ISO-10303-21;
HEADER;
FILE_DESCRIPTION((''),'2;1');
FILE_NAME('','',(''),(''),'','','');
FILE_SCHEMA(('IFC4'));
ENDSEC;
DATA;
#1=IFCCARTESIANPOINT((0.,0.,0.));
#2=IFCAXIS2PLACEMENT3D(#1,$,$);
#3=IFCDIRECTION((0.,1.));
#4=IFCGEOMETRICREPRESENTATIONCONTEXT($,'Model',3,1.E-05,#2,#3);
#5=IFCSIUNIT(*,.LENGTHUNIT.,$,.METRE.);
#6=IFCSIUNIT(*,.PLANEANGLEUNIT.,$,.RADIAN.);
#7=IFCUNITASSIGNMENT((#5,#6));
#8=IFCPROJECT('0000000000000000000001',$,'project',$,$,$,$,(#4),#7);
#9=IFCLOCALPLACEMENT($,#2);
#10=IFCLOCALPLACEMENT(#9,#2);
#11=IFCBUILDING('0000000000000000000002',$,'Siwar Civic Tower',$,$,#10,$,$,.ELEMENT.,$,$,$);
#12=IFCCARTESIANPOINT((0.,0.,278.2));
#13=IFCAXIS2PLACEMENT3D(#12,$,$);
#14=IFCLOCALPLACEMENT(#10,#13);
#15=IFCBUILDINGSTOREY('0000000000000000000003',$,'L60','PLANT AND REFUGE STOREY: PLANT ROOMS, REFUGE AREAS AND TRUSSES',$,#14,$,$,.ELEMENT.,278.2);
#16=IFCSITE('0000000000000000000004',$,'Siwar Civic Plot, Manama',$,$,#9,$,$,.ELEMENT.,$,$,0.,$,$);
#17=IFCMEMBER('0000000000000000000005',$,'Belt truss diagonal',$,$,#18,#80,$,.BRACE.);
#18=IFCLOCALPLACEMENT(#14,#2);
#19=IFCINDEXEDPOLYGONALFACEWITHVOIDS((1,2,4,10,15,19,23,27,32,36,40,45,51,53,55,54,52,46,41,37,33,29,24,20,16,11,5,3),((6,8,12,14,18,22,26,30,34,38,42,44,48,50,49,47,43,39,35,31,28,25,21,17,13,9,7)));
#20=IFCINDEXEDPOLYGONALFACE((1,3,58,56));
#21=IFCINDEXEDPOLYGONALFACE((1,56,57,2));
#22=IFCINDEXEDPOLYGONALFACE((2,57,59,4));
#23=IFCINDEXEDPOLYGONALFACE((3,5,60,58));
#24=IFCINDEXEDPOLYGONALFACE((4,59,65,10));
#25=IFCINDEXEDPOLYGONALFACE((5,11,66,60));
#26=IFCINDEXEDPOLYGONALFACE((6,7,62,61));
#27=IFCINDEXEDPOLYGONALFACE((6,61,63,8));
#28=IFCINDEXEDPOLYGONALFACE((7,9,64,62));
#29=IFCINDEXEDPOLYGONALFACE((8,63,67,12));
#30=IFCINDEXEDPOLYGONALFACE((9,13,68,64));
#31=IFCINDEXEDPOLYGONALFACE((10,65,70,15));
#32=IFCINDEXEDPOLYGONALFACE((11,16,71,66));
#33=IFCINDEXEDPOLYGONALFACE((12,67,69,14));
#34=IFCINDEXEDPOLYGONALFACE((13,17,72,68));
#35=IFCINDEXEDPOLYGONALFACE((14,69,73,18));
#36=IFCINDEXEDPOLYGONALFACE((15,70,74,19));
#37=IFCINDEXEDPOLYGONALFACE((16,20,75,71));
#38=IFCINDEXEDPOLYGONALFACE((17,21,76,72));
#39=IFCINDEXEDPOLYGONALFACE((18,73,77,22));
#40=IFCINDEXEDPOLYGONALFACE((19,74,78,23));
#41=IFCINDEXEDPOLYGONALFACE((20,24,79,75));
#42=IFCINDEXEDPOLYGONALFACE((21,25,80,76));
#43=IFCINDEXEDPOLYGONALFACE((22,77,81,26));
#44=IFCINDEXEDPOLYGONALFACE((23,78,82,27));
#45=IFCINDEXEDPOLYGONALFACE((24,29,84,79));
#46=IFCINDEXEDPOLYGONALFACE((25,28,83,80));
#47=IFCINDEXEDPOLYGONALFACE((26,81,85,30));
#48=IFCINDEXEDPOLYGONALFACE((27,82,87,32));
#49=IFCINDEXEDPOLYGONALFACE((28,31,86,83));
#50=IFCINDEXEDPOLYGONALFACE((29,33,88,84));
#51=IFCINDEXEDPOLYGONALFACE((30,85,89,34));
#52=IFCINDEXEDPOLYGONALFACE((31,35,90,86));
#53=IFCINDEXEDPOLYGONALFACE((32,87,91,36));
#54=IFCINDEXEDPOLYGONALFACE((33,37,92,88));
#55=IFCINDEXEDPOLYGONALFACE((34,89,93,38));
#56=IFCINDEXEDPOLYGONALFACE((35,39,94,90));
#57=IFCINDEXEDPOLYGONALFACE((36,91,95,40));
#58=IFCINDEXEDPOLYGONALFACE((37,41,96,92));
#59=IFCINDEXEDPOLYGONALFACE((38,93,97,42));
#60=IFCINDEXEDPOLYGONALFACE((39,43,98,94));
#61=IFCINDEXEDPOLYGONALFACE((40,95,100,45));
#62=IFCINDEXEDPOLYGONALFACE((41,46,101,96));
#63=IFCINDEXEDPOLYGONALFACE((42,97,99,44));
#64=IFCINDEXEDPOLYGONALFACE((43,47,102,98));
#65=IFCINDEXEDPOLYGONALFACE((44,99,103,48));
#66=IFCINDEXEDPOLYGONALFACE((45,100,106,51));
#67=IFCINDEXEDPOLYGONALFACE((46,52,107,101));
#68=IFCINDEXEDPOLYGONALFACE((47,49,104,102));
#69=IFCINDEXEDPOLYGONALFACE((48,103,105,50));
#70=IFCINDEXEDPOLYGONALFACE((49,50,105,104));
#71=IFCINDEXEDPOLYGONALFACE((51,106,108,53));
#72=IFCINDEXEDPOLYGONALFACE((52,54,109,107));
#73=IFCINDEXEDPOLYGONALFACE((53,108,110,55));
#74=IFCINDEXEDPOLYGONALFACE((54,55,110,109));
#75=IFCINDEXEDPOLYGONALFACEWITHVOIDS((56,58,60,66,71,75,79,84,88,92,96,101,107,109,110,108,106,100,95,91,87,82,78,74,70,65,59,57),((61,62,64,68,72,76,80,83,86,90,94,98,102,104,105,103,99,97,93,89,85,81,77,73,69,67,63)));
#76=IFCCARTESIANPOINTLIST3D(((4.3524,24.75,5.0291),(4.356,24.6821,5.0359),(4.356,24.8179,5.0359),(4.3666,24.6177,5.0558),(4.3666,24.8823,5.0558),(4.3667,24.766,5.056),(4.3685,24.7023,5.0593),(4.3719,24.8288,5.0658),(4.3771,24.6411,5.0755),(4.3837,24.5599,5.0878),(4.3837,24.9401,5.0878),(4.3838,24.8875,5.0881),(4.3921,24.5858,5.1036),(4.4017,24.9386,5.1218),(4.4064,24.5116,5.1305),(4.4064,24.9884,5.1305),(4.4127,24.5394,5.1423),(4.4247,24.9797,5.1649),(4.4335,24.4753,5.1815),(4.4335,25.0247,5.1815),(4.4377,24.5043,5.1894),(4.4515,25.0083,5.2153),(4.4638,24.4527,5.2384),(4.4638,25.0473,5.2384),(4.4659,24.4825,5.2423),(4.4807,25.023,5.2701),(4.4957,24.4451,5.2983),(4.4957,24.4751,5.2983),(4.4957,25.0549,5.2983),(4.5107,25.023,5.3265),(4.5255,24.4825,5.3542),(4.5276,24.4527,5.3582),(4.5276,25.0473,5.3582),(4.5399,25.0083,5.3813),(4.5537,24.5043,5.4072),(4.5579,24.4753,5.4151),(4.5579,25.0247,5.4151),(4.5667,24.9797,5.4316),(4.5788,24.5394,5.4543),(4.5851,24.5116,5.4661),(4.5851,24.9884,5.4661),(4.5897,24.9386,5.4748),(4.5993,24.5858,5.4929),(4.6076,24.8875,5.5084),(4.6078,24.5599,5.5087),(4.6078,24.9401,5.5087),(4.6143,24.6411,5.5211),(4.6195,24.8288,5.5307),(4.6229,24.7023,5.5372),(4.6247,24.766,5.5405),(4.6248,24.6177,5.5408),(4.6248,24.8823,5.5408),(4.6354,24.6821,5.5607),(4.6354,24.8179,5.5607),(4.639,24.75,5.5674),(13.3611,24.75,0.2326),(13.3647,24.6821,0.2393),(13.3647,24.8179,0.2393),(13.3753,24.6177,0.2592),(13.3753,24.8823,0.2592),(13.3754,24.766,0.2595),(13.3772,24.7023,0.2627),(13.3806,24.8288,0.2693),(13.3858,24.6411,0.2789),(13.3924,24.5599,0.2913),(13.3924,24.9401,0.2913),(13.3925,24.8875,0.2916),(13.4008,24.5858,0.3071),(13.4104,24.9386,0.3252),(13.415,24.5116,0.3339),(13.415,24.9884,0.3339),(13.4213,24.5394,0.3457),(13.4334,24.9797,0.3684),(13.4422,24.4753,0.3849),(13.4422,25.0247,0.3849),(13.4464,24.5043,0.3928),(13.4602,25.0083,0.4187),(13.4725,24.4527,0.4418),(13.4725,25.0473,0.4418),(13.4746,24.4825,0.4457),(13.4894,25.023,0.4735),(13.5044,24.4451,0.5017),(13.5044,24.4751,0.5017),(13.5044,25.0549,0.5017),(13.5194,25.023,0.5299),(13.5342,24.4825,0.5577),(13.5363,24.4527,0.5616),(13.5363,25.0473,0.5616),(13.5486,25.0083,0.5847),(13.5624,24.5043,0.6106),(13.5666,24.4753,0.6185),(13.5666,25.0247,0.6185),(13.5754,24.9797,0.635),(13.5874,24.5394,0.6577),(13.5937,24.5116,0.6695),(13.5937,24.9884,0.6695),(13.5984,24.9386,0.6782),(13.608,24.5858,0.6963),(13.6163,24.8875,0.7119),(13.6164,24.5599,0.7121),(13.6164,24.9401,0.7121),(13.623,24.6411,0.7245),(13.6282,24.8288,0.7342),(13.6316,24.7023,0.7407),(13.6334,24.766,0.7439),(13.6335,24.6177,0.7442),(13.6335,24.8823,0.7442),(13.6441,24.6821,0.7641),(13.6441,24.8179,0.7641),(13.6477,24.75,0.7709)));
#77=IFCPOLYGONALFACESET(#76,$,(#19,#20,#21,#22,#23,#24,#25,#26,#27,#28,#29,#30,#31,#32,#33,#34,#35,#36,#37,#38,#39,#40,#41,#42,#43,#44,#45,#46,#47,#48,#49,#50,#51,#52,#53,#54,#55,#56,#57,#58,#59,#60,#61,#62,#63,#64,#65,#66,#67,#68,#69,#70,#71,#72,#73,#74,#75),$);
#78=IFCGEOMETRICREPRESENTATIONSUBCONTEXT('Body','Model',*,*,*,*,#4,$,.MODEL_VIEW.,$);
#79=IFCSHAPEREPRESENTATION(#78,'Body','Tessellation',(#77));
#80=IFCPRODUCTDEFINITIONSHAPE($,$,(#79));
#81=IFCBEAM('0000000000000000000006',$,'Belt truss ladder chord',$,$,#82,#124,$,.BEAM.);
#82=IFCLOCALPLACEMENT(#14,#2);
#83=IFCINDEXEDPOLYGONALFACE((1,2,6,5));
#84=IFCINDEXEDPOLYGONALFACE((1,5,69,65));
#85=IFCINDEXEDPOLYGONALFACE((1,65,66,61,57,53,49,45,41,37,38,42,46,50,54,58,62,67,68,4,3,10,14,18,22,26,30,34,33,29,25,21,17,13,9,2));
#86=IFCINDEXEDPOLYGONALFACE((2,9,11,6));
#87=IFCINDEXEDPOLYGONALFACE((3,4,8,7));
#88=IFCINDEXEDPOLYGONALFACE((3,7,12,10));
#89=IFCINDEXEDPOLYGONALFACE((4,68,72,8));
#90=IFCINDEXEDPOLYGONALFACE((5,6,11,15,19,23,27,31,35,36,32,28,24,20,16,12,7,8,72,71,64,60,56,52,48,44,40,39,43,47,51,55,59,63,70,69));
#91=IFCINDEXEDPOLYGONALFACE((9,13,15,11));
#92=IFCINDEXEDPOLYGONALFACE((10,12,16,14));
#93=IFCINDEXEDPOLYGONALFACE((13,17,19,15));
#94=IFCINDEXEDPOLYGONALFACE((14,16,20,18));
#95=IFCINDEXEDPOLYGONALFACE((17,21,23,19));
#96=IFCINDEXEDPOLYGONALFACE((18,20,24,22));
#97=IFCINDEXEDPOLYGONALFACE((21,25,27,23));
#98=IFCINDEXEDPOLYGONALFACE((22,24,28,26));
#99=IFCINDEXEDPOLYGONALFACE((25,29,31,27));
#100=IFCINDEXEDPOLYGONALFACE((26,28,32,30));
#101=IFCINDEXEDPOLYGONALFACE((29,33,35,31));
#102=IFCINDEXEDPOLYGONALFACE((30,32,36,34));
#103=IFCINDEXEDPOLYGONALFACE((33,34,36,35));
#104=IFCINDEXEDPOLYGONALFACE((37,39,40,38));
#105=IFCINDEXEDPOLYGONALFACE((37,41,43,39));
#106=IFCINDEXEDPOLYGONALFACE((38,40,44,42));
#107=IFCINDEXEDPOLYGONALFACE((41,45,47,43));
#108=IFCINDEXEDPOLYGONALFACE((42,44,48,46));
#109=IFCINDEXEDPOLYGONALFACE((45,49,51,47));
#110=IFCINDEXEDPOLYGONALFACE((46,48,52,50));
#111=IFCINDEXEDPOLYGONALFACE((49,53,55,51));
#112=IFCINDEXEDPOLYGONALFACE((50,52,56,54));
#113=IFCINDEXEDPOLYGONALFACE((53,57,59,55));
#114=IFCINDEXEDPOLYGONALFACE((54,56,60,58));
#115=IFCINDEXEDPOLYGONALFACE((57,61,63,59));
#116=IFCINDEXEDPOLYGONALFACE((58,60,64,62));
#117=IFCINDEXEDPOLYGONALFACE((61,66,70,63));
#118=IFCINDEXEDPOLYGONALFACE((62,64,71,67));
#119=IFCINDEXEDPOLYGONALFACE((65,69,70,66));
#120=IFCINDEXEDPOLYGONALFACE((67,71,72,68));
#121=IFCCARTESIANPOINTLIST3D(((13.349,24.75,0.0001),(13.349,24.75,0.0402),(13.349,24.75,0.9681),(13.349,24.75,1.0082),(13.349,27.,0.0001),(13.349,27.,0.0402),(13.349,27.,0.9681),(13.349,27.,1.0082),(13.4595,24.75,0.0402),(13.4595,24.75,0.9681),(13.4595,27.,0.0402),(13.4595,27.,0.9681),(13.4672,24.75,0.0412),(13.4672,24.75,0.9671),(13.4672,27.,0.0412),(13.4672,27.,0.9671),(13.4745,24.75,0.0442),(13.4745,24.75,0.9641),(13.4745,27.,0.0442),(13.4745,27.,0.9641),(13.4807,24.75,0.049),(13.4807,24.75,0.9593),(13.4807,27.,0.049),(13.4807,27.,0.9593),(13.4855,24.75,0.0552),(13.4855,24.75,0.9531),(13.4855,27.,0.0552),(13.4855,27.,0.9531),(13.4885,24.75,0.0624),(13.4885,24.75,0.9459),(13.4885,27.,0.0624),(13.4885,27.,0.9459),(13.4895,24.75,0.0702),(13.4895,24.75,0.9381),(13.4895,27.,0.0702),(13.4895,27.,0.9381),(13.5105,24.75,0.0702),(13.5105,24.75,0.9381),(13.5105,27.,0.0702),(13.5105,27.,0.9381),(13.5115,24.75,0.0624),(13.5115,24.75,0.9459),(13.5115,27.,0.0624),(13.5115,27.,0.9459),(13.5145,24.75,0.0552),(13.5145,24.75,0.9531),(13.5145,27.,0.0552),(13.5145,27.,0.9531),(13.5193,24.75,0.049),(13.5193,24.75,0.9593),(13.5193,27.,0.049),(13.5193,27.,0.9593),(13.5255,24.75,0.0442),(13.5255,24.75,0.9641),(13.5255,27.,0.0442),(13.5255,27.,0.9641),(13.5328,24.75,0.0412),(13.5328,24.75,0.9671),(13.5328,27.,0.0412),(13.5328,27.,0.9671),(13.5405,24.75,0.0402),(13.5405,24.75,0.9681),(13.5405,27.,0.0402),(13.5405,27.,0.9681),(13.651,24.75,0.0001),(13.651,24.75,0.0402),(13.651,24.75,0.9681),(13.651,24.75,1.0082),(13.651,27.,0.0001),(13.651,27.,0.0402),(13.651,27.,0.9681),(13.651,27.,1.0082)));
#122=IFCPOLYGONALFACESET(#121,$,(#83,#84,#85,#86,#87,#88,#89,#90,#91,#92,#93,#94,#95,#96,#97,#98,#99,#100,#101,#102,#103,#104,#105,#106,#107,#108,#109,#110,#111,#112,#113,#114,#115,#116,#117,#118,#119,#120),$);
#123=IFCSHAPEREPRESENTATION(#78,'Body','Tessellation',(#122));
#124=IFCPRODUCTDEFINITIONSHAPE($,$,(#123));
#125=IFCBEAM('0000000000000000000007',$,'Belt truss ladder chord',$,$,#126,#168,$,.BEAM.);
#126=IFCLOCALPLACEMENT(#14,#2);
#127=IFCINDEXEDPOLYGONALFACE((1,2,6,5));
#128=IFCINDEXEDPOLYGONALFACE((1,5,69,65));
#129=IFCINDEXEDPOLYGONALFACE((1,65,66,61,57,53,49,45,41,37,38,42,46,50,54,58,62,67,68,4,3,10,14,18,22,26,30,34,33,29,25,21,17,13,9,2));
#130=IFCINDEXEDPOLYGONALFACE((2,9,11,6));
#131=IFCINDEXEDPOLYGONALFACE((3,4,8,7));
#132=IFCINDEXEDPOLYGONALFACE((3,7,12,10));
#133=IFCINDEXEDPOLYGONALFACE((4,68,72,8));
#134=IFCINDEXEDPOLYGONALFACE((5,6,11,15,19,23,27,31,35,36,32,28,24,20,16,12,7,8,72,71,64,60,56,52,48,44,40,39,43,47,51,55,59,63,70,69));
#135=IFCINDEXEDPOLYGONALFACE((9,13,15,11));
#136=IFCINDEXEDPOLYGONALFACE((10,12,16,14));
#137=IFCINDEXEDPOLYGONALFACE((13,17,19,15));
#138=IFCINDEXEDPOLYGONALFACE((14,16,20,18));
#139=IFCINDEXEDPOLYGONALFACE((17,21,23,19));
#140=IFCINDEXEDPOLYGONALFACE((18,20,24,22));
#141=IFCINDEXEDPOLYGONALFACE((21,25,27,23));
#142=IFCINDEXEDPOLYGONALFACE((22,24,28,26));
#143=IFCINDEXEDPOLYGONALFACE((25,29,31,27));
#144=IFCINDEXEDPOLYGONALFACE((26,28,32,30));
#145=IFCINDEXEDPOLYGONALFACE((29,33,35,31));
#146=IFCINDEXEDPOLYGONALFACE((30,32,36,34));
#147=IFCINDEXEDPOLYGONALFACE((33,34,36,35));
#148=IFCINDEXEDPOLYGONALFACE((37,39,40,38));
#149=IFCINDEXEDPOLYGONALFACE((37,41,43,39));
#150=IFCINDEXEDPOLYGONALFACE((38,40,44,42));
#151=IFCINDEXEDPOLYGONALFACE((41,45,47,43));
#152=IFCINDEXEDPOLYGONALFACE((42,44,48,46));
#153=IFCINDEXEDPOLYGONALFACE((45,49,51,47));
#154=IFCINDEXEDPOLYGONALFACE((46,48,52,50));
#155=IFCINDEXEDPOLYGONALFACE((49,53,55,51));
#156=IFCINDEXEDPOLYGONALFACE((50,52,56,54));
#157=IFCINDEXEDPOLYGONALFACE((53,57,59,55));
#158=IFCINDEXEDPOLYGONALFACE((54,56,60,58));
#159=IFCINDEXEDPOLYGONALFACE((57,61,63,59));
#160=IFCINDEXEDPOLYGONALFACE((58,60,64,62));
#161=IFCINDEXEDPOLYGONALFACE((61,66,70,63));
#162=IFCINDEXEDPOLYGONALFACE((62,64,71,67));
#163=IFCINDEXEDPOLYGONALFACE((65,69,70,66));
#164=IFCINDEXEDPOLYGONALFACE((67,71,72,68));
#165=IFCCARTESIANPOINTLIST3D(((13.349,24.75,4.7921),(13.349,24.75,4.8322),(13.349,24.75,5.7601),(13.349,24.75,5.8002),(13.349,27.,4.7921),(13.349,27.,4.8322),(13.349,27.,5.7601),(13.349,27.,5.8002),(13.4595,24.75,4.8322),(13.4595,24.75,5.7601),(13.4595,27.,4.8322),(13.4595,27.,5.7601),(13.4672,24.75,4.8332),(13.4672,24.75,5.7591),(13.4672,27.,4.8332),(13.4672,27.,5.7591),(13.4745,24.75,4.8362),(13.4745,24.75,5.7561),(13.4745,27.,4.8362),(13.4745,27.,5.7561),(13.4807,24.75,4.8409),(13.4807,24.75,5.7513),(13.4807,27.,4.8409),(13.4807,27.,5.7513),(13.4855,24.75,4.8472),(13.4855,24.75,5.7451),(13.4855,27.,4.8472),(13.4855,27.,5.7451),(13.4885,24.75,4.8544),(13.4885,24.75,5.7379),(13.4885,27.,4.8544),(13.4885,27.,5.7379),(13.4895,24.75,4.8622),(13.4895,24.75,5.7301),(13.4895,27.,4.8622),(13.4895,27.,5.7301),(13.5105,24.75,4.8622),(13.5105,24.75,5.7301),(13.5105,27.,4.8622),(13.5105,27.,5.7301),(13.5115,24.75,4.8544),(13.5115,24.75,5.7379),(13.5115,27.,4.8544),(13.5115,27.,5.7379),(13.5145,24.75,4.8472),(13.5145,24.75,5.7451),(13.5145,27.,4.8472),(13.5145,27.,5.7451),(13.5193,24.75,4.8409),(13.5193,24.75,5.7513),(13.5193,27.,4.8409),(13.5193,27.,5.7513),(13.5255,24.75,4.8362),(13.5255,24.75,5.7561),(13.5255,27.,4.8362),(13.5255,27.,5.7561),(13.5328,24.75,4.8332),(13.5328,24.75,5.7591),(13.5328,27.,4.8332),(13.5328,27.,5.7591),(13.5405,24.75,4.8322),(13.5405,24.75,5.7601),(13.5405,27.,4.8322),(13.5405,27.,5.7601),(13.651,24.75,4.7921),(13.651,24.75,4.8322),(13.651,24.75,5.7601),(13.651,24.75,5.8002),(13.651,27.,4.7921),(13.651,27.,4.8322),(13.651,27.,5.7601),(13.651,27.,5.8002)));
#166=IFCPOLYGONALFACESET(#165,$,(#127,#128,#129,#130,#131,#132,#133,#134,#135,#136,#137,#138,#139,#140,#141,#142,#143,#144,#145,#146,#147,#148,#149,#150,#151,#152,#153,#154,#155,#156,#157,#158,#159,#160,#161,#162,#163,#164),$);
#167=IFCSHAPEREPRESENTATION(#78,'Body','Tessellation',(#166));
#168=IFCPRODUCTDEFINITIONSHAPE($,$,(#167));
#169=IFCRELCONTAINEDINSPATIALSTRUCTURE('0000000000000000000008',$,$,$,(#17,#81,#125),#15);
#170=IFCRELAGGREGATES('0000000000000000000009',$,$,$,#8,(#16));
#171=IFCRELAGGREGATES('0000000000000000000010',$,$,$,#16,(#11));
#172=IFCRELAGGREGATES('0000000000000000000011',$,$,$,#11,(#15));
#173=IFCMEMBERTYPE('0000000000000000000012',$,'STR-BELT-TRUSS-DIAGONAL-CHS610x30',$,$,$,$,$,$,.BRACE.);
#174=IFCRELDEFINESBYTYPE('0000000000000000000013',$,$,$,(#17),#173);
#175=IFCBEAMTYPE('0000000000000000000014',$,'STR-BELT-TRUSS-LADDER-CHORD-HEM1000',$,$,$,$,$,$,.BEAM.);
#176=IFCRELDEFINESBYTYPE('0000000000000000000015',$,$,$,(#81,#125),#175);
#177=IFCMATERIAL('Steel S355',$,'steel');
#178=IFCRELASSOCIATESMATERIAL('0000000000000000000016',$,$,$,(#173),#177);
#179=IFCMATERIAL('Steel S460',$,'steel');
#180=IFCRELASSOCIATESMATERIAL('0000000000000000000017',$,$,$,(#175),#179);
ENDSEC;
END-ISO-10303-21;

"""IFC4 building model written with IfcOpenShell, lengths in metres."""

from ifc_helpers import new_model, si_unit, direction, frame, origin, origin_2d, place, context, subcontext, project, spatial, hollow_circle, i_section, extrude, material, material_profile, profile_set, type_object, element, save


model = new_model("IFC4")

# Units and contexts
model_context = context("Model", 3, precision=1e-05, world=origin(), true_north=direction((0.0, 1.0)))
body_context = subcontext(model_context, "Body", "Model", "MODEL_VIEW")
ifc_project = project(units=[si_unit("LENGTHUNIT", "METRE"), si_unit("PLANEANGLEUNIT", "RADIAN")], contexts=[model_context])

# Site, building, storey
site_placement = place(None, origin())
site = spatial("IfcSite", under=ifc_project, at=site_placement, Name="Siwar Civic Plot, Manama", CompositionType="ELEMENT", RefElevation=0.0)
building_placement = place(site_placement, origin())
building = spatial("IfcBuilding", under=site, at=building_placement, Name="Siwar Civic Tower", CompositionType="ELEMENT")
storey_placement = place(building_placement, frame((0.0, 0.0, 278.2)))
storey = spatial("IfcBuildingStorey", under=building, at=storey_placement, Name="L60", Description="PLANT AND REFUGE STOREY: PLANT ROOMS, REFUGE AREAS AND TRUSSES", CompositionType="ELEMENT", Elevation=278.2)

# Member
ifc_material_1 = material(Name="Steel S355", Category="steel")
ifc_material_profile_1 = material_profile(ifc_material_1, hollow_circle(Radius=0.3049, WallThickness=0.03, at=origin_2d()), Name="CHS610x30")
ifc_profile_set_1 = profile_set([ifc_material_profile_1], Name="Steel S355")
member_type_1 = type_object("IfcMemberType", Name="STR-BELT-TRUSS-DIAGONAL-CHS610x30", PredefinedType="BRACE", material=ifc_profile_set_1)
member_1_placement = place(storey_placement, frame((13.5044, 24.75, 0.5017), z_axis=(-0.882681, 0.0, 0.469974), x_axis=(0.0, -1.0, 0.0)))
element("IfcMember", 1, at=member_1_placement, inside=storey, type_object=member_type_1, Name="Belt truss diagonal", PredefinedType="BRACE", context=body_context, shape_type="SweptSolid", body=[
    extrude(hollow_circle(Radius=0.3049, WallThickness=0.03, at=origin_2d()), origin(), (0.0, 0.0, 1.0), 10.2061),
])

# Beams
ifc_material_2 = material(Name="Steel S460", Category="steel")
ifc_material_profile_2 = material_profile(ifc_material_2, i_section(OverallWidth=0.302, OverallDepth=1.0081, WebThickness=0.021, FlangeThickness=0.04, FilletRadius=0.03, at=origin_2d()), Name="HEM1000")
ifc_profile_set_2 = profile_set([ifc_material_profile_2], Name="Steel S460")
beam_type_1 = type_object("IfcBeamType", Name="STR-BELT-TRUSS-LADDER-CHORD-HEM1000", PredefinedType="BEAM", material=ifc_profile_set_2)
for number, where, z_axis, x_axis, name in (
    (2, (13.5, 24.75, 0.5042), (0.0, 1.0, 0.0), (-1.0, 0.0, 0.0), "Belt truss ladder chord"),
    (3, (13.5, 24.75, 5.2961), (0.0, 1.0, 0.0), (-1.0, 0.0, 0.0), "Belt truss ladder chord"),
):
    element("IfcBeam", number, at=place(storey_placement, frame(where, z_axis=z_axis, x_axis=x_axis)), inside=storey, type_object=beam_type_1, Name=name, PredefinedType="BEAM", context=body_context, shape_type="SweptSolid", body=[
        extrude(i_section(OverallWidth=0.302, OverallDepth=1.0081, WebThickness=0.021, FlangeThickness=0.04, FilletRadius=0.03, at=origin_2d()), origin(), (0.0, 0.0, 1.0), 2.25),
    ])

save(model, "model.ifc")
